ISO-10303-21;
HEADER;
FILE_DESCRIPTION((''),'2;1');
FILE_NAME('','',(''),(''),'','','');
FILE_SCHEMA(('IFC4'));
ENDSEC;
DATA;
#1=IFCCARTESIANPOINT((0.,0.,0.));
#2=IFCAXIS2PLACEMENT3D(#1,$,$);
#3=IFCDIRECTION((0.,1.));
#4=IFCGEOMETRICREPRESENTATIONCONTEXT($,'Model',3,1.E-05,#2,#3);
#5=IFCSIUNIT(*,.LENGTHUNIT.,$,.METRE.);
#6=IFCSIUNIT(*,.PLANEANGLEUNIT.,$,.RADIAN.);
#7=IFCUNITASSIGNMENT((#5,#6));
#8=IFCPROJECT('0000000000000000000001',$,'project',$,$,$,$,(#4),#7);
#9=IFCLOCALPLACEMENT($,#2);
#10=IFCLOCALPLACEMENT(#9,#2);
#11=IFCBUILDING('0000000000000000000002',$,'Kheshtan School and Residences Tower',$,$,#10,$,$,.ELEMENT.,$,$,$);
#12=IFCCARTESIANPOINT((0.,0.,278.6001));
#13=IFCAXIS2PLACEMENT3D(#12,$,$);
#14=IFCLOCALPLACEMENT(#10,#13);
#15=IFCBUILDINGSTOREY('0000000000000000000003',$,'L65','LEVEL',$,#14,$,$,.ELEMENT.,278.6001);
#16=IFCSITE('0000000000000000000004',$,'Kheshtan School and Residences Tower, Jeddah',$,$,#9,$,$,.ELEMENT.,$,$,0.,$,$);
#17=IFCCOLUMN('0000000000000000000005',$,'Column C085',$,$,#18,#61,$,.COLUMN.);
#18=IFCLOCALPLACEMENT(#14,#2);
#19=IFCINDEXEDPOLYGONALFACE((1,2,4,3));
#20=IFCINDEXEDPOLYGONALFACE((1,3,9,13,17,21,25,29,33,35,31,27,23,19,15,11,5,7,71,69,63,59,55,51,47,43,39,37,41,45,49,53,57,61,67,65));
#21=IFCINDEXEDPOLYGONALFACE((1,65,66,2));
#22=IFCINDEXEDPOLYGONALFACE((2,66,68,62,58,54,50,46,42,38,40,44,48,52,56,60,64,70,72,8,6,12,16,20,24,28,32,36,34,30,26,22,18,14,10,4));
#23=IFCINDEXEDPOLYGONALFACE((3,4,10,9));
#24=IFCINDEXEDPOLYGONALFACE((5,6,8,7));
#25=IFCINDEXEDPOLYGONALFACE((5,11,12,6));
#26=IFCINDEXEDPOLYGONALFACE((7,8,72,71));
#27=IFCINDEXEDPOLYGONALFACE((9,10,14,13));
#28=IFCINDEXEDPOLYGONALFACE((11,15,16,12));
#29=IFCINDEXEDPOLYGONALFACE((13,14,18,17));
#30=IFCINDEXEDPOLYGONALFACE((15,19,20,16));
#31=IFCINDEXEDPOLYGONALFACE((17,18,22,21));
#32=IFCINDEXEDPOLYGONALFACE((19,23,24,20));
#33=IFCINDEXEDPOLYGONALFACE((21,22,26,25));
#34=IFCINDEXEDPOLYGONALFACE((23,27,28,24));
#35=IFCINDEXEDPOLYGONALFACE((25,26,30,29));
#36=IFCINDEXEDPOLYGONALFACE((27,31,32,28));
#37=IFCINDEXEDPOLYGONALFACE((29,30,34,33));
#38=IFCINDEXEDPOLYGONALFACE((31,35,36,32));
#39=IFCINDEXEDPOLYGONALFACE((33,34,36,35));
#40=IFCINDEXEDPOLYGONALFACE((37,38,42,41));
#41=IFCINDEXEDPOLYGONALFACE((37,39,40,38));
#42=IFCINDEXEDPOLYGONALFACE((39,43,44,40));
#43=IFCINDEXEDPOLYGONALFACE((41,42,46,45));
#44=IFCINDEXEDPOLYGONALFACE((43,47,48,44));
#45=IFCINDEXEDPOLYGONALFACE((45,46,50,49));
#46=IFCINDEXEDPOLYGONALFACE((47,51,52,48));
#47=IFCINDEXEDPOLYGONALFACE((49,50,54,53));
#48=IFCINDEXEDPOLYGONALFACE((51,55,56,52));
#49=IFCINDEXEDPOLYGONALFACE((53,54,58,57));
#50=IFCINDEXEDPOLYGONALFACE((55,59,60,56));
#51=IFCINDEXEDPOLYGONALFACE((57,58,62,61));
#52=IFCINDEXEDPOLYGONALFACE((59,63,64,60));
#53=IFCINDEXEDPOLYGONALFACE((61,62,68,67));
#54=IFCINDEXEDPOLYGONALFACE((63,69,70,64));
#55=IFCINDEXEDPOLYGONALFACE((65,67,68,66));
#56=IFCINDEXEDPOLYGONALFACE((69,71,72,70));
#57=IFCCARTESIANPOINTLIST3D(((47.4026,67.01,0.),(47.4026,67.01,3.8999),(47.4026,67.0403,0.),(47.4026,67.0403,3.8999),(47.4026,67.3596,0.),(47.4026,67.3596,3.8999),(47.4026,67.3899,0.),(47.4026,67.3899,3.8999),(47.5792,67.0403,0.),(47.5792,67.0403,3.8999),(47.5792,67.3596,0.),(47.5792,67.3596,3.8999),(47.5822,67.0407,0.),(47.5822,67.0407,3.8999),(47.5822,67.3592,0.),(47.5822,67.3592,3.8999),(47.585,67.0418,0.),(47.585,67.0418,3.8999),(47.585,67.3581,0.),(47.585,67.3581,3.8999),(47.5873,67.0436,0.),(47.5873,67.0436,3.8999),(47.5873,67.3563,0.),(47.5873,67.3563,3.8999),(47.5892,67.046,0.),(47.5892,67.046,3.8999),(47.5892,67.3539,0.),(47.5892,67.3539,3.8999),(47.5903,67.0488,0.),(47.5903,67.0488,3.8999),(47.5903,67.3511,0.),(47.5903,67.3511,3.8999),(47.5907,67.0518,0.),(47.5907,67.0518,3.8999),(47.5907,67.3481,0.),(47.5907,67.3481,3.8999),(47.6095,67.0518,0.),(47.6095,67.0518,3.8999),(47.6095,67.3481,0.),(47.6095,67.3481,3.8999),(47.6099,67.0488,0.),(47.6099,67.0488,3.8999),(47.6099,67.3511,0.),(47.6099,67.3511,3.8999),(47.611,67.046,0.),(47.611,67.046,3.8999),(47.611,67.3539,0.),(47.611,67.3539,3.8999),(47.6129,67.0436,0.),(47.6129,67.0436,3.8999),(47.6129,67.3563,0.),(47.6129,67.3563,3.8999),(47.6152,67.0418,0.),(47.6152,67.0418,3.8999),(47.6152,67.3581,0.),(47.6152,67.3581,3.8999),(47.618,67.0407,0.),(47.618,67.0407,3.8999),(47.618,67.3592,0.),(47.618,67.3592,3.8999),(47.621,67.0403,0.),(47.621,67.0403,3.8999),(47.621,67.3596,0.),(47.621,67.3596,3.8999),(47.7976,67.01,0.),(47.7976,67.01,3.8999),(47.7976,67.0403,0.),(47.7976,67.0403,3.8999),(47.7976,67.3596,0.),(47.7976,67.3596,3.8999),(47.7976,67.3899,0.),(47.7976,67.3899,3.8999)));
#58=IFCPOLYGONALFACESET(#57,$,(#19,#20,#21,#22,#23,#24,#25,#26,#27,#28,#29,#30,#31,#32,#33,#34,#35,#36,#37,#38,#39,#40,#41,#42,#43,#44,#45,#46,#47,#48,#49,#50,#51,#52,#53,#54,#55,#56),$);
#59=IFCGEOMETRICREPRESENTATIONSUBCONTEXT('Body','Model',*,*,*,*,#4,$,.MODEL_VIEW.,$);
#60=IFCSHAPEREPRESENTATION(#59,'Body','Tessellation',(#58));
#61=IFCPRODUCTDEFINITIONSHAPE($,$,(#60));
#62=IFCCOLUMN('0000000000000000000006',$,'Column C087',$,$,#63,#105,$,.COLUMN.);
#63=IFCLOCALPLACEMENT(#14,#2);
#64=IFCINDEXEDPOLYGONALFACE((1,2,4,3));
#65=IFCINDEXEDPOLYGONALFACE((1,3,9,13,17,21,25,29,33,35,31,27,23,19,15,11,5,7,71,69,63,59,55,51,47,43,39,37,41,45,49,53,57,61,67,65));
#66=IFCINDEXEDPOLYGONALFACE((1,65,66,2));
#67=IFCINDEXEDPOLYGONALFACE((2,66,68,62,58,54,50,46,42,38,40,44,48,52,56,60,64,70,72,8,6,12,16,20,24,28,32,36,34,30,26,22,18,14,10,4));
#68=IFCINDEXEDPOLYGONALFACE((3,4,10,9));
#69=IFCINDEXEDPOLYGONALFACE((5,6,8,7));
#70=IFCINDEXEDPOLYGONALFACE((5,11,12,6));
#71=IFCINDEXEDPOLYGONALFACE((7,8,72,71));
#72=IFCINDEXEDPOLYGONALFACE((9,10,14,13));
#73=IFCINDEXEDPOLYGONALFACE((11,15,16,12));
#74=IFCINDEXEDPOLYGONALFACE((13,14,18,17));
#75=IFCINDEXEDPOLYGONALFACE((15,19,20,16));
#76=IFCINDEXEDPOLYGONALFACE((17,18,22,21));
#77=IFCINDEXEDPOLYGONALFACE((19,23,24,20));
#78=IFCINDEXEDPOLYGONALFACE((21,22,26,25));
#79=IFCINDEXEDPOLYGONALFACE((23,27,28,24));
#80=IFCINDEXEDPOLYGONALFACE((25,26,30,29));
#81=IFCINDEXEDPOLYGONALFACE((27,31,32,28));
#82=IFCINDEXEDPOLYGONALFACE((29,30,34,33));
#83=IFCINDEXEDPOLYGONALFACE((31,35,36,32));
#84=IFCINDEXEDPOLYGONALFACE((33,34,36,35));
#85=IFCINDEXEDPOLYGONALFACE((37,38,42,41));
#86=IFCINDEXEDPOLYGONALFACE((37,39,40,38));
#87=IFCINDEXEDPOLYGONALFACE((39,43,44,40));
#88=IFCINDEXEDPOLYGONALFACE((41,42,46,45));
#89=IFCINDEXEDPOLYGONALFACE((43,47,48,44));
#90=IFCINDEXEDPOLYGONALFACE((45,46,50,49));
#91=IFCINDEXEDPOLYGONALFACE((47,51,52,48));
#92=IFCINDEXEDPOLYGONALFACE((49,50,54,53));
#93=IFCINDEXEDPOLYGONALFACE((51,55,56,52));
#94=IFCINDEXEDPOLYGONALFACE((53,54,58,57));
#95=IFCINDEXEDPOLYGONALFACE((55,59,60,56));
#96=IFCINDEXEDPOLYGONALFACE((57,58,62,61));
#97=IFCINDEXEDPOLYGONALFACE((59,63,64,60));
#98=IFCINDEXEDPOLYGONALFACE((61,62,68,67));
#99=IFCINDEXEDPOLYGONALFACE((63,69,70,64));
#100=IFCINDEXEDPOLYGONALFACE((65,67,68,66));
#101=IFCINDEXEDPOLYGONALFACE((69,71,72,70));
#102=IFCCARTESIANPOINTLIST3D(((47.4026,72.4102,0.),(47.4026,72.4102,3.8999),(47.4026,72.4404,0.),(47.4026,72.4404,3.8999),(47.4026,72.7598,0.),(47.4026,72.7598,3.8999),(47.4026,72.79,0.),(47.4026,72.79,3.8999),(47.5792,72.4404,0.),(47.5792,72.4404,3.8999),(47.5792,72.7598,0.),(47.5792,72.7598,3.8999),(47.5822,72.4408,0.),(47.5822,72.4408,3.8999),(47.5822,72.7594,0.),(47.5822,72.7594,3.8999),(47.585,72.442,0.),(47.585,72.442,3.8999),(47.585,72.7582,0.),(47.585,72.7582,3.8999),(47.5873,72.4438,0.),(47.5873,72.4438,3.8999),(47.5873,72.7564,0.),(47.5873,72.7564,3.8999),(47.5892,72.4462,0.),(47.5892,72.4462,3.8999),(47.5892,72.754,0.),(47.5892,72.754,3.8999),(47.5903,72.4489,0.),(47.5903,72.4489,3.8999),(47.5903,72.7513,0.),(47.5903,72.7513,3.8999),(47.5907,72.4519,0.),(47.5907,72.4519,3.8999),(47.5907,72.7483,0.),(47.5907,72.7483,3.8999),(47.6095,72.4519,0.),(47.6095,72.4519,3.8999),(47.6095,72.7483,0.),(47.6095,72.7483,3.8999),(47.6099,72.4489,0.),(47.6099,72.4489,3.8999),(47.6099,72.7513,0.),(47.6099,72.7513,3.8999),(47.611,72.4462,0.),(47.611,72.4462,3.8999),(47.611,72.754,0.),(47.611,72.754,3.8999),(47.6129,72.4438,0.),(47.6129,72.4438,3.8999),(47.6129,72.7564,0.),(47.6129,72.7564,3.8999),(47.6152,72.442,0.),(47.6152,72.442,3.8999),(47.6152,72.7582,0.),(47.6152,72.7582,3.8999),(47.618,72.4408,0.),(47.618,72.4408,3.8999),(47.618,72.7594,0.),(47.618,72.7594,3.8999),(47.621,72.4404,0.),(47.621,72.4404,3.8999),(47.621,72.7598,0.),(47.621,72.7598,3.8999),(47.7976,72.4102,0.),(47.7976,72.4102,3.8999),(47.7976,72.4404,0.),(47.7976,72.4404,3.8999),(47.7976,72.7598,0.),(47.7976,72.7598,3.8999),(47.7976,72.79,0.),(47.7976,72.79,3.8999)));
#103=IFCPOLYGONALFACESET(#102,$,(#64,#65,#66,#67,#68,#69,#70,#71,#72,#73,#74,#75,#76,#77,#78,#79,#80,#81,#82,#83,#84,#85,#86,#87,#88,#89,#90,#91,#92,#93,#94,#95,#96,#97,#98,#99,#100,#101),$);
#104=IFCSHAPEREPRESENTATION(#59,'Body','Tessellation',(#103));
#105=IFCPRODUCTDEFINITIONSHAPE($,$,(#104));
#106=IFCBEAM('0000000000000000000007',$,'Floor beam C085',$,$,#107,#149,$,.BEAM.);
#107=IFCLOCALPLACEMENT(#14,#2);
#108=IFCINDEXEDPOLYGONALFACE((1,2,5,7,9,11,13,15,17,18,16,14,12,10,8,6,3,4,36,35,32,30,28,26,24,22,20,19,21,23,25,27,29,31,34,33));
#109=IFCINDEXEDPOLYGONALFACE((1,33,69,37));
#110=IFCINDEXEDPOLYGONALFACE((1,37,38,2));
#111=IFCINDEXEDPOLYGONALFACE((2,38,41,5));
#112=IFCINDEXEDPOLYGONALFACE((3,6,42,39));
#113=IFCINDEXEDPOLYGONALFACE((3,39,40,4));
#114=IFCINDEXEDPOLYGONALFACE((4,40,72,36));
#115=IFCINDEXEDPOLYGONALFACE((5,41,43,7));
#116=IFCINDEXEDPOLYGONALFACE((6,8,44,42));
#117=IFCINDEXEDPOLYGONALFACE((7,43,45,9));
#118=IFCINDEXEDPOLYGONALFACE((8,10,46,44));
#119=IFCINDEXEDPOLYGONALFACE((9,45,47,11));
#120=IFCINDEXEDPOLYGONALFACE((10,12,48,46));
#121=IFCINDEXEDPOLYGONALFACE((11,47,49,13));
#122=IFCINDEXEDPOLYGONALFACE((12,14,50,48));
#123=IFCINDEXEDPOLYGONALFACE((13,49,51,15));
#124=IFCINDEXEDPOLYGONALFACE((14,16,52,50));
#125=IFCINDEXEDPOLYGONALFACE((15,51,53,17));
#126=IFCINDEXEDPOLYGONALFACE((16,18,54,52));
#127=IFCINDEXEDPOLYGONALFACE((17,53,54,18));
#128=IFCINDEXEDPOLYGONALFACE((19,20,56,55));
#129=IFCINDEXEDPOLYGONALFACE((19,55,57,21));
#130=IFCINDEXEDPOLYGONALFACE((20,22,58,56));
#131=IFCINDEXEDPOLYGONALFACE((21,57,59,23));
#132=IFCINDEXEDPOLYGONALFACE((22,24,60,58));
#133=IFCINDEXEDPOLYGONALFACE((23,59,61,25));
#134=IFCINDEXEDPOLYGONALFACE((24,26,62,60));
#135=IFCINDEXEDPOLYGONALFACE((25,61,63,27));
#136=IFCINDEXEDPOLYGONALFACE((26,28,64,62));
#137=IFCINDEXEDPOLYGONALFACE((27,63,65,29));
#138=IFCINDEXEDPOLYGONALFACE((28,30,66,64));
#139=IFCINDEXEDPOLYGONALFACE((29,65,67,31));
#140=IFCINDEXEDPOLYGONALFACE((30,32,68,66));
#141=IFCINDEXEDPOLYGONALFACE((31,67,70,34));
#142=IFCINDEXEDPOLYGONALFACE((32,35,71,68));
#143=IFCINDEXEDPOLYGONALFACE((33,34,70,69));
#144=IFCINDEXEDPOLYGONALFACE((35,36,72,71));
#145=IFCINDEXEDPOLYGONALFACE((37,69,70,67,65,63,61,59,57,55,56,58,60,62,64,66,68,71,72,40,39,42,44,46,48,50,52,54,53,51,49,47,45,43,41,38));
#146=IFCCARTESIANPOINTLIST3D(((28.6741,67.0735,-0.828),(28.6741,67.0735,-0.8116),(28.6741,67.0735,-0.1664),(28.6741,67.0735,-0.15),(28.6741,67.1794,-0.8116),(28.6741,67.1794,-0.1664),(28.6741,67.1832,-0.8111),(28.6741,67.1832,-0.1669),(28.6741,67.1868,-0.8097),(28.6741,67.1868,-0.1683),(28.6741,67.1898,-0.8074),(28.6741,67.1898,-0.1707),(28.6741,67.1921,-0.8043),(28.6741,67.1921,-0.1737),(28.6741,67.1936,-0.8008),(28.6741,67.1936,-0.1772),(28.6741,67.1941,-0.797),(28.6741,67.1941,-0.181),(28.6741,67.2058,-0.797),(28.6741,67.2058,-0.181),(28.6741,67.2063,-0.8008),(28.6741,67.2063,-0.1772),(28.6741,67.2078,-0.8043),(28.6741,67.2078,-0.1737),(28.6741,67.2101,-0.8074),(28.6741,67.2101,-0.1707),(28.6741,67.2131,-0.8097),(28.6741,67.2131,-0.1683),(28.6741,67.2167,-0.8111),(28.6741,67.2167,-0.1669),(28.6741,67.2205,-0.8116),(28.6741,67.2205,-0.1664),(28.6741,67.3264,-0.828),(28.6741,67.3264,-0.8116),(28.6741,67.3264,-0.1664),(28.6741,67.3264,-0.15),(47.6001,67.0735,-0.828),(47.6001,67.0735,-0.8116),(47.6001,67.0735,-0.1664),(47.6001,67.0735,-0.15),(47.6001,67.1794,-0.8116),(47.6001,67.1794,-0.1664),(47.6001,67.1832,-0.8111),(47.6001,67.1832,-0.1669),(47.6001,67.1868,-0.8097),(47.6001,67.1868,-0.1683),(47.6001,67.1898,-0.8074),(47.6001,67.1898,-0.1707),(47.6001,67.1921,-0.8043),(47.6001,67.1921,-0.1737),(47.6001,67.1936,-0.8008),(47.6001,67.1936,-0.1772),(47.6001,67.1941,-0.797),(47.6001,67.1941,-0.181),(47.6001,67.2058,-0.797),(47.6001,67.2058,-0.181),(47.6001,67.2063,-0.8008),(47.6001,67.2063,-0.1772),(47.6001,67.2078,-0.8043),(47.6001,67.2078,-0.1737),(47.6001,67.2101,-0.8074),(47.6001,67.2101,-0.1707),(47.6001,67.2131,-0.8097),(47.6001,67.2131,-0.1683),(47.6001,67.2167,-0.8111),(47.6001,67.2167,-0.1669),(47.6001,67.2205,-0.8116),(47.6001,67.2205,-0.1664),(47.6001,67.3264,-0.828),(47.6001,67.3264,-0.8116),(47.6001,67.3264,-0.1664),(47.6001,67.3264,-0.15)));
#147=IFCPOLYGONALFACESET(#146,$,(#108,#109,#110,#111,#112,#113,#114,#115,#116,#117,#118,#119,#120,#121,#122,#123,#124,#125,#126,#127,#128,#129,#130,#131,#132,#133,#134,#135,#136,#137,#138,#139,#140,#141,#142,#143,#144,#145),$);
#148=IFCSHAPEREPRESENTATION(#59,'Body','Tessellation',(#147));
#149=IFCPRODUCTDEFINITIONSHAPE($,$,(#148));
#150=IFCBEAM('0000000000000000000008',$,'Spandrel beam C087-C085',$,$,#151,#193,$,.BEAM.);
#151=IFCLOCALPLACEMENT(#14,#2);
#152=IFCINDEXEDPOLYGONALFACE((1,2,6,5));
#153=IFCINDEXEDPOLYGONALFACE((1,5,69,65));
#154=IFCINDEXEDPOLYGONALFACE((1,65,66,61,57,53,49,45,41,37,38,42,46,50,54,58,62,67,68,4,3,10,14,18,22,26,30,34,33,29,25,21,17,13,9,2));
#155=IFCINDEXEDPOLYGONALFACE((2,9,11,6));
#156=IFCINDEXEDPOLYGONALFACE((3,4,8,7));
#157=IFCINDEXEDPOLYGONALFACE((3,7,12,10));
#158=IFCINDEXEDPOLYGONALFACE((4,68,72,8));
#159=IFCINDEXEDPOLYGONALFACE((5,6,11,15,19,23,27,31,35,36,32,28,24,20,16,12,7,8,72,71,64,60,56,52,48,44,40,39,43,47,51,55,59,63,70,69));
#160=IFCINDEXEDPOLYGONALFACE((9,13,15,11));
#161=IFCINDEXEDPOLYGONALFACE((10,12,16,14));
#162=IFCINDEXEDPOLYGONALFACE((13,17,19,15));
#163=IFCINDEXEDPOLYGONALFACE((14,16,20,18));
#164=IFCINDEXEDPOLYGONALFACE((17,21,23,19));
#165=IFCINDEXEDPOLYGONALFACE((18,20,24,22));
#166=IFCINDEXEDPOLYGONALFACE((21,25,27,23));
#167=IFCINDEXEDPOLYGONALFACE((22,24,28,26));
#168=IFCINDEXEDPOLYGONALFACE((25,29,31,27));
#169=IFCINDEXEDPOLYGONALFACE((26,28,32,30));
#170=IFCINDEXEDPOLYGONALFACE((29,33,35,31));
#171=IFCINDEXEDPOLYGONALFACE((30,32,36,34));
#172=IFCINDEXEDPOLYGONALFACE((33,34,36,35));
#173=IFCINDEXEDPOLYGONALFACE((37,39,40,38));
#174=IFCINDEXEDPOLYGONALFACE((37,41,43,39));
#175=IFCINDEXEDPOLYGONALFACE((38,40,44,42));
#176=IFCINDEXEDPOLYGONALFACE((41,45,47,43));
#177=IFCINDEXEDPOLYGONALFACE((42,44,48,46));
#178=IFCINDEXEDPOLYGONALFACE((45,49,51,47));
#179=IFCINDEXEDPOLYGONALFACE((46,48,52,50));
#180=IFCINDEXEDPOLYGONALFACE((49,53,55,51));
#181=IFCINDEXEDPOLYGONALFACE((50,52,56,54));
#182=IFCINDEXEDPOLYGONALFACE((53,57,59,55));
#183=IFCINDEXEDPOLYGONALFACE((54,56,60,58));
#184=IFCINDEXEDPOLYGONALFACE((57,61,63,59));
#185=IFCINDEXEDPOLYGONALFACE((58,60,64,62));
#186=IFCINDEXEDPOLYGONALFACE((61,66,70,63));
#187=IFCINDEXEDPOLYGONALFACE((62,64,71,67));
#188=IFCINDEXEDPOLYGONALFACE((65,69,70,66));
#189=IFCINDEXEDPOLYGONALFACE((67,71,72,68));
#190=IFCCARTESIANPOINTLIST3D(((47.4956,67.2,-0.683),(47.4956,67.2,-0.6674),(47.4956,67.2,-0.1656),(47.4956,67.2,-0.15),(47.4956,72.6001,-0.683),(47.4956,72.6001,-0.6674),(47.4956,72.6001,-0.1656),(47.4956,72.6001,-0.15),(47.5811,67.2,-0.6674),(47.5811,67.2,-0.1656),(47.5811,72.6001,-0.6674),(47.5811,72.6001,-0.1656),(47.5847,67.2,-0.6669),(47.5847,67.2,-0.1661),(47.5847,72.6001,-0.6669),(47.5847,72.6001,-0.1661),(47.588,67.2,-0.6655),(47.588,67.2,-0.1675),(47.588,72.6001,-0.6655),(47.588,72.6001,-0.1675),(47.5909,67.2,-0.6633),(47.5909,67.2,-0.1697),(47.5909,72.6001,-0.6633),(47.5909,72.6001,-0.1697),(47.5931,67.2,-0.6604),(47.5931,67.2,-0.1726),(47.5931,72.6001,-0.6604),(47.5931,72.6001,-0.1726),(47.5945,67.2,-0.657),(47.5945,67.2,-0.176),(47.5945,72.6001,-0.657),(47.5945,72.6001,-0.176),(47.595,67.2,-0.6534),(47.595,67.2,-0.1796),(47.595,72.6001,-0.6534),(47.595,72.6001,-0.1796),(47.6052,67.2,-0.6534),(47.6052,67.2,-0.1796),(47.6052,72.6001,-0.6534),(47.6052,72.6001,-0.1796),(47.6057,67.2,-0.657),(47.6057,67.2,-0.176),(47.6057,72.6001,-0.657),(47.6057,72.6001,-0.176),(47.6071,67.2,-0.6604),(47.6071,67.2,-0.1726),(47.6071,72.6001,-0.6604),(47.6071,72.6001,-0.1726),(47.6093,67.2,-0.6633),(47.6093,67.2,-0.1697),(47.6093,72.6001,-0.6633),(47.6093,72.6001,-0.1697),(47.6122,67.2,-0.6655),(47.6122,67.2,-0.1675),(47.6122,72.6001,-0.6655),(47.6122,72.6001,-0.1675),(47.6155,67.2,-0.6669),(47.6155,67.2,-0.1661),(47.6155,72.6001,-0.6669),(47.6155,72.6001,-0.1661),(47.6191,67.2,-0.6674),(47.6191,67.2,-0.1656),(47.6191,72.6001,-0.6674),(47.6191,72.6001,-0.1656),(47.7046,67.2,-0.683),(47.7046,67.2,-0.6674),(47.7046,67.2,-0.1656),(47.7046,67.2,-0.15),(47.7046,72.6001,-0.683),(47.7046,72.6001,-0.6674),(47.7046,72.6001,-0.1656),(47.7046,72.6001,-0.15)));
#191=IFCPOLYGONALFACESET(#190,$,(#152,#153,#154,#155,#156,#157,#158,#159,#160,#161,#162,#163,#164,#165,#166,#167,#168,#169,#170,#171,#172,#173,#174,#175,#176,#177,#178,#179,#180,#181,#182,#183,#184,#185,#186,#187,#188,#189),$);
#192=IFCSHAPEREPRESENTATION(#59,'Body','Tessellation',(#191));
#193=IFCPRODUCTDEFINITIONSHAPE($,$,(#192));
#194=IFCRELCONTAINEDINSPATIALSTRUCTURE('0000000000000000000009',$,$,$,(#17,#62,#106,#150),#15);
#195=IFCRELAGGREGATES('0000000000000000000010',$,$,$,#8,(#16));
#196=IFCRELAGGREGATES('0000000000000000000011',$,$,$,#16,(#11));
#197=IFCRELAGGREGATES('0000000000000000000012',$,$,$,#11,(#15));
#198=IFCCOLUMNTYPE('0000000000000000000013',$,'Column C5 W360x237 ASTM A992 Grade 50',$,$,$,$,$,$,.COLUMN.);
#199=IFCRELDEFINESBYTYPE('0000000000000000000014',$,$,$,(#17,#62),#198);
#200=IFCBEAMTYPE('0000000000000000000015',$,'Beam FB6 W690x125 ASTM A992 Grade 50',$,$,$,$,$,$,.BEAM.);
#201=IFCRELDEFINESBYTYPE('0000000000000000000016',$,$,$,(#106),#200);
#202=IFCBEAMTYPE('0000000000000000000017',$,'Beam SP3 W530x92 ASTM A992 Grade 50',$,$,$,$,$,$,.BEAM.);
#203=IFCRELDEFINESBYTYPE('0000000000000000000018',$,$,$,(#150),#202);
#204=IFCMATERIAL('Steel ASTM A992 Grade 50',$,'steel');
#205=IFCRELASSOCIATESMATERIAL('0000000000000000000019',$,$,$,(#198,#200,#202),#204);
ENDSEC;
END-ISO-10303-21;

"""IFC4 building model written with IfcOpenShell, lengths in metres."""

from ifc_helpers import new_model, si_unit, direction, frame, origin, origin_2d, place, context, subcontext, project, spatial, i_section, extrude, material, material_profile, profile_set, type_object, element, save


model = new_model("IFC4")

# Units and contexts
model_context = context("Model", 3, precision=1e-05, world=origin(), true_north=direction((0.0, 1.0)))
body_context = subcontext(model_context, "Body", "Model", "MODEL_VIEW")
ifc_project = project(units=[si_unit("LENGTHUNIT", "METRE"), si_unit("PLANEANGLEUNIT", "RADIAN")], contexts=[model_context])

# Site, building, storey
site_placement = place(None, origin())
site = spatial("IfcSite", under=ifc_project, at=site_placement, Name="Kheshtan School and Residences Tower, Jeddah", CompositionType="ELEMENT", RefElevation=0.0)
building_placement = place(site_placement, origin())
building = spatial("IfcBuilding", under=site, at=building_placement, Name="Kheshtan School and Residences Tower", CompositionType="ELEMENT")
storey_placement = place(building_placement, frame((0.0, 0.0, 278.6001)))
storey = spatial("IfcBuildingStorey", under=building, at=storey_placement, Name="L65", Description="LEVEL", CompositionType="ELEMENT", Elevation=278.6001)

# Columns
ifc_material_1 = material(Name="Steel ASTM A992 Grade 50", Category="steel")
ifc_material_profile_1 = material_profile(ifc_material_1, i_section(OverallWidth=0.395, OverallDepth=0.3799, WebThickness=0.0188, FlangeThickness=0.0303, FilletRadius=0.0115, at=origin_2d()), Name="W360x237")
ifc_profile_set_1 = profile_set([ifc_material_profile_1], Name="Steel ASTM A992 Grade 50")
column_type = type_object("IfcColumnType", Name="Column C5 W360x237 ASTM A992 Grade 50", PredefinedType="COLUMN", material=ifc_profile_set_1)
for number, where, z_axis, x_axis, name in (
    (1, (47.6001, 67.2, 0.0), (0.0, 0.0, 1.0), (1.0, 0.0, 0.0), "Column C085"),
    (2, (47.6001, 72.6001, 0.0), (0.0, 0.0, 1.0), (1.0, 0.0, 0.0), "Column C087"),
):
    element("IfcColumn", number, at=place(storey_placement, frame(where, z_axis=z_axis, x_axis=x_axis)), inside=storey, type_object=column_type, Name=name, PredefinedType="COLUMN", context=body_context, shape_type="SweptSolid", body=[
        extrude(i_section(OverallWidth=0.395, OverallDepth=0.3799, WebThickness=0.0188, FlangeThickness=0.0303, FilletRadius=0.0115, at=origin_2d()), origin(), (0.0, 0.0, 1.0), 3.8999),
    ])

# Beams
ifc_material_profile_2 = material_profile(ifc_material_1, i_section(OverallWidth=0.2529, OverallDepth=0.678, WebThickness=0.0117, FlangeThickness=0.0164, FilletRadius=0.0146, at=origin_2d()), Name="W690x125")
ifc_profile_set_2 = profile_set([ifc_material_profile_2], Name="Steel ASTM A992 Grade 50")
beam_type_1 = type_object("IfcBeamType", Name="Beam FB6 W690x125 ASTM A992 Grade 50", PredefinedType="BEAM", material=ifc_profile_set_2)
beam_1_placement = place(storey_placement, frame((47.6001, 67.2, -0.489), z_axis=(-1.0, 0.0, 0.0), x_axis=(0.0, -1.0, 0.0)))
element("IfcBeam", 3, at=beam_1_placement, inside=storey, type_object=beam_type_1, Name="Floor beam C085", PredefinedType="BEAM", context=body_context, shape_type="SweptSolid", body=[
    extrude(i_section(OverallWidth=0.2529, OverallDepth=0.678, WebThickness=0.0117, FlangeThickness=0.0164, FilletRadius=0.0146, at=origin_2d()), origin(), (0.0, 0.0, 1.0), 18.926),
])
ifc_material_profile_3 = material_profile(ifc_material_1, i_section(OverallWidth=0.209, OverallDepth=0.533, WebThickness=0.0103, FlangeThickness=0.0156, FilletRadius=0.0139, at=origin_2d()), Name="W530x92")
ifc_profile_set_3 = profile_set([ifc_material_profile_3], Name="Steel ASTM A992 Grade 50")
beam_type_2 = type_object("IfcBeamType", Name="Beam SP3 W530x92 ASTM A992 Grade 50", PredefinedType="BEAM", material=ifc_profile_set_3)
beam_2_placement = place(storey_placement, frame((47.6001, 72.6001, -0.4165), z_axis=(0.0, -1.0, 0.0), x_axis=(1.0, 0.0, 0.0)))
element("IfcBeam", 4, at=beam_2_placement, inside=storey, type_object=beam_type_2, Name="Spandrel beam C087-C085", PredefinedType="BEAM", context=body_context, shape_type="SweptSolid", body=[
    extrude(i_section(OverallWidth=0.209, OverallDepth=0.533, WebThickness=0.0103, FlangeThickness=0.0156, FilletRadius=0.0139, at=origin_2d()), origin(), (0.0, 0.0, 1.0), 5.4001),
])

save(model, "model.ifc")
